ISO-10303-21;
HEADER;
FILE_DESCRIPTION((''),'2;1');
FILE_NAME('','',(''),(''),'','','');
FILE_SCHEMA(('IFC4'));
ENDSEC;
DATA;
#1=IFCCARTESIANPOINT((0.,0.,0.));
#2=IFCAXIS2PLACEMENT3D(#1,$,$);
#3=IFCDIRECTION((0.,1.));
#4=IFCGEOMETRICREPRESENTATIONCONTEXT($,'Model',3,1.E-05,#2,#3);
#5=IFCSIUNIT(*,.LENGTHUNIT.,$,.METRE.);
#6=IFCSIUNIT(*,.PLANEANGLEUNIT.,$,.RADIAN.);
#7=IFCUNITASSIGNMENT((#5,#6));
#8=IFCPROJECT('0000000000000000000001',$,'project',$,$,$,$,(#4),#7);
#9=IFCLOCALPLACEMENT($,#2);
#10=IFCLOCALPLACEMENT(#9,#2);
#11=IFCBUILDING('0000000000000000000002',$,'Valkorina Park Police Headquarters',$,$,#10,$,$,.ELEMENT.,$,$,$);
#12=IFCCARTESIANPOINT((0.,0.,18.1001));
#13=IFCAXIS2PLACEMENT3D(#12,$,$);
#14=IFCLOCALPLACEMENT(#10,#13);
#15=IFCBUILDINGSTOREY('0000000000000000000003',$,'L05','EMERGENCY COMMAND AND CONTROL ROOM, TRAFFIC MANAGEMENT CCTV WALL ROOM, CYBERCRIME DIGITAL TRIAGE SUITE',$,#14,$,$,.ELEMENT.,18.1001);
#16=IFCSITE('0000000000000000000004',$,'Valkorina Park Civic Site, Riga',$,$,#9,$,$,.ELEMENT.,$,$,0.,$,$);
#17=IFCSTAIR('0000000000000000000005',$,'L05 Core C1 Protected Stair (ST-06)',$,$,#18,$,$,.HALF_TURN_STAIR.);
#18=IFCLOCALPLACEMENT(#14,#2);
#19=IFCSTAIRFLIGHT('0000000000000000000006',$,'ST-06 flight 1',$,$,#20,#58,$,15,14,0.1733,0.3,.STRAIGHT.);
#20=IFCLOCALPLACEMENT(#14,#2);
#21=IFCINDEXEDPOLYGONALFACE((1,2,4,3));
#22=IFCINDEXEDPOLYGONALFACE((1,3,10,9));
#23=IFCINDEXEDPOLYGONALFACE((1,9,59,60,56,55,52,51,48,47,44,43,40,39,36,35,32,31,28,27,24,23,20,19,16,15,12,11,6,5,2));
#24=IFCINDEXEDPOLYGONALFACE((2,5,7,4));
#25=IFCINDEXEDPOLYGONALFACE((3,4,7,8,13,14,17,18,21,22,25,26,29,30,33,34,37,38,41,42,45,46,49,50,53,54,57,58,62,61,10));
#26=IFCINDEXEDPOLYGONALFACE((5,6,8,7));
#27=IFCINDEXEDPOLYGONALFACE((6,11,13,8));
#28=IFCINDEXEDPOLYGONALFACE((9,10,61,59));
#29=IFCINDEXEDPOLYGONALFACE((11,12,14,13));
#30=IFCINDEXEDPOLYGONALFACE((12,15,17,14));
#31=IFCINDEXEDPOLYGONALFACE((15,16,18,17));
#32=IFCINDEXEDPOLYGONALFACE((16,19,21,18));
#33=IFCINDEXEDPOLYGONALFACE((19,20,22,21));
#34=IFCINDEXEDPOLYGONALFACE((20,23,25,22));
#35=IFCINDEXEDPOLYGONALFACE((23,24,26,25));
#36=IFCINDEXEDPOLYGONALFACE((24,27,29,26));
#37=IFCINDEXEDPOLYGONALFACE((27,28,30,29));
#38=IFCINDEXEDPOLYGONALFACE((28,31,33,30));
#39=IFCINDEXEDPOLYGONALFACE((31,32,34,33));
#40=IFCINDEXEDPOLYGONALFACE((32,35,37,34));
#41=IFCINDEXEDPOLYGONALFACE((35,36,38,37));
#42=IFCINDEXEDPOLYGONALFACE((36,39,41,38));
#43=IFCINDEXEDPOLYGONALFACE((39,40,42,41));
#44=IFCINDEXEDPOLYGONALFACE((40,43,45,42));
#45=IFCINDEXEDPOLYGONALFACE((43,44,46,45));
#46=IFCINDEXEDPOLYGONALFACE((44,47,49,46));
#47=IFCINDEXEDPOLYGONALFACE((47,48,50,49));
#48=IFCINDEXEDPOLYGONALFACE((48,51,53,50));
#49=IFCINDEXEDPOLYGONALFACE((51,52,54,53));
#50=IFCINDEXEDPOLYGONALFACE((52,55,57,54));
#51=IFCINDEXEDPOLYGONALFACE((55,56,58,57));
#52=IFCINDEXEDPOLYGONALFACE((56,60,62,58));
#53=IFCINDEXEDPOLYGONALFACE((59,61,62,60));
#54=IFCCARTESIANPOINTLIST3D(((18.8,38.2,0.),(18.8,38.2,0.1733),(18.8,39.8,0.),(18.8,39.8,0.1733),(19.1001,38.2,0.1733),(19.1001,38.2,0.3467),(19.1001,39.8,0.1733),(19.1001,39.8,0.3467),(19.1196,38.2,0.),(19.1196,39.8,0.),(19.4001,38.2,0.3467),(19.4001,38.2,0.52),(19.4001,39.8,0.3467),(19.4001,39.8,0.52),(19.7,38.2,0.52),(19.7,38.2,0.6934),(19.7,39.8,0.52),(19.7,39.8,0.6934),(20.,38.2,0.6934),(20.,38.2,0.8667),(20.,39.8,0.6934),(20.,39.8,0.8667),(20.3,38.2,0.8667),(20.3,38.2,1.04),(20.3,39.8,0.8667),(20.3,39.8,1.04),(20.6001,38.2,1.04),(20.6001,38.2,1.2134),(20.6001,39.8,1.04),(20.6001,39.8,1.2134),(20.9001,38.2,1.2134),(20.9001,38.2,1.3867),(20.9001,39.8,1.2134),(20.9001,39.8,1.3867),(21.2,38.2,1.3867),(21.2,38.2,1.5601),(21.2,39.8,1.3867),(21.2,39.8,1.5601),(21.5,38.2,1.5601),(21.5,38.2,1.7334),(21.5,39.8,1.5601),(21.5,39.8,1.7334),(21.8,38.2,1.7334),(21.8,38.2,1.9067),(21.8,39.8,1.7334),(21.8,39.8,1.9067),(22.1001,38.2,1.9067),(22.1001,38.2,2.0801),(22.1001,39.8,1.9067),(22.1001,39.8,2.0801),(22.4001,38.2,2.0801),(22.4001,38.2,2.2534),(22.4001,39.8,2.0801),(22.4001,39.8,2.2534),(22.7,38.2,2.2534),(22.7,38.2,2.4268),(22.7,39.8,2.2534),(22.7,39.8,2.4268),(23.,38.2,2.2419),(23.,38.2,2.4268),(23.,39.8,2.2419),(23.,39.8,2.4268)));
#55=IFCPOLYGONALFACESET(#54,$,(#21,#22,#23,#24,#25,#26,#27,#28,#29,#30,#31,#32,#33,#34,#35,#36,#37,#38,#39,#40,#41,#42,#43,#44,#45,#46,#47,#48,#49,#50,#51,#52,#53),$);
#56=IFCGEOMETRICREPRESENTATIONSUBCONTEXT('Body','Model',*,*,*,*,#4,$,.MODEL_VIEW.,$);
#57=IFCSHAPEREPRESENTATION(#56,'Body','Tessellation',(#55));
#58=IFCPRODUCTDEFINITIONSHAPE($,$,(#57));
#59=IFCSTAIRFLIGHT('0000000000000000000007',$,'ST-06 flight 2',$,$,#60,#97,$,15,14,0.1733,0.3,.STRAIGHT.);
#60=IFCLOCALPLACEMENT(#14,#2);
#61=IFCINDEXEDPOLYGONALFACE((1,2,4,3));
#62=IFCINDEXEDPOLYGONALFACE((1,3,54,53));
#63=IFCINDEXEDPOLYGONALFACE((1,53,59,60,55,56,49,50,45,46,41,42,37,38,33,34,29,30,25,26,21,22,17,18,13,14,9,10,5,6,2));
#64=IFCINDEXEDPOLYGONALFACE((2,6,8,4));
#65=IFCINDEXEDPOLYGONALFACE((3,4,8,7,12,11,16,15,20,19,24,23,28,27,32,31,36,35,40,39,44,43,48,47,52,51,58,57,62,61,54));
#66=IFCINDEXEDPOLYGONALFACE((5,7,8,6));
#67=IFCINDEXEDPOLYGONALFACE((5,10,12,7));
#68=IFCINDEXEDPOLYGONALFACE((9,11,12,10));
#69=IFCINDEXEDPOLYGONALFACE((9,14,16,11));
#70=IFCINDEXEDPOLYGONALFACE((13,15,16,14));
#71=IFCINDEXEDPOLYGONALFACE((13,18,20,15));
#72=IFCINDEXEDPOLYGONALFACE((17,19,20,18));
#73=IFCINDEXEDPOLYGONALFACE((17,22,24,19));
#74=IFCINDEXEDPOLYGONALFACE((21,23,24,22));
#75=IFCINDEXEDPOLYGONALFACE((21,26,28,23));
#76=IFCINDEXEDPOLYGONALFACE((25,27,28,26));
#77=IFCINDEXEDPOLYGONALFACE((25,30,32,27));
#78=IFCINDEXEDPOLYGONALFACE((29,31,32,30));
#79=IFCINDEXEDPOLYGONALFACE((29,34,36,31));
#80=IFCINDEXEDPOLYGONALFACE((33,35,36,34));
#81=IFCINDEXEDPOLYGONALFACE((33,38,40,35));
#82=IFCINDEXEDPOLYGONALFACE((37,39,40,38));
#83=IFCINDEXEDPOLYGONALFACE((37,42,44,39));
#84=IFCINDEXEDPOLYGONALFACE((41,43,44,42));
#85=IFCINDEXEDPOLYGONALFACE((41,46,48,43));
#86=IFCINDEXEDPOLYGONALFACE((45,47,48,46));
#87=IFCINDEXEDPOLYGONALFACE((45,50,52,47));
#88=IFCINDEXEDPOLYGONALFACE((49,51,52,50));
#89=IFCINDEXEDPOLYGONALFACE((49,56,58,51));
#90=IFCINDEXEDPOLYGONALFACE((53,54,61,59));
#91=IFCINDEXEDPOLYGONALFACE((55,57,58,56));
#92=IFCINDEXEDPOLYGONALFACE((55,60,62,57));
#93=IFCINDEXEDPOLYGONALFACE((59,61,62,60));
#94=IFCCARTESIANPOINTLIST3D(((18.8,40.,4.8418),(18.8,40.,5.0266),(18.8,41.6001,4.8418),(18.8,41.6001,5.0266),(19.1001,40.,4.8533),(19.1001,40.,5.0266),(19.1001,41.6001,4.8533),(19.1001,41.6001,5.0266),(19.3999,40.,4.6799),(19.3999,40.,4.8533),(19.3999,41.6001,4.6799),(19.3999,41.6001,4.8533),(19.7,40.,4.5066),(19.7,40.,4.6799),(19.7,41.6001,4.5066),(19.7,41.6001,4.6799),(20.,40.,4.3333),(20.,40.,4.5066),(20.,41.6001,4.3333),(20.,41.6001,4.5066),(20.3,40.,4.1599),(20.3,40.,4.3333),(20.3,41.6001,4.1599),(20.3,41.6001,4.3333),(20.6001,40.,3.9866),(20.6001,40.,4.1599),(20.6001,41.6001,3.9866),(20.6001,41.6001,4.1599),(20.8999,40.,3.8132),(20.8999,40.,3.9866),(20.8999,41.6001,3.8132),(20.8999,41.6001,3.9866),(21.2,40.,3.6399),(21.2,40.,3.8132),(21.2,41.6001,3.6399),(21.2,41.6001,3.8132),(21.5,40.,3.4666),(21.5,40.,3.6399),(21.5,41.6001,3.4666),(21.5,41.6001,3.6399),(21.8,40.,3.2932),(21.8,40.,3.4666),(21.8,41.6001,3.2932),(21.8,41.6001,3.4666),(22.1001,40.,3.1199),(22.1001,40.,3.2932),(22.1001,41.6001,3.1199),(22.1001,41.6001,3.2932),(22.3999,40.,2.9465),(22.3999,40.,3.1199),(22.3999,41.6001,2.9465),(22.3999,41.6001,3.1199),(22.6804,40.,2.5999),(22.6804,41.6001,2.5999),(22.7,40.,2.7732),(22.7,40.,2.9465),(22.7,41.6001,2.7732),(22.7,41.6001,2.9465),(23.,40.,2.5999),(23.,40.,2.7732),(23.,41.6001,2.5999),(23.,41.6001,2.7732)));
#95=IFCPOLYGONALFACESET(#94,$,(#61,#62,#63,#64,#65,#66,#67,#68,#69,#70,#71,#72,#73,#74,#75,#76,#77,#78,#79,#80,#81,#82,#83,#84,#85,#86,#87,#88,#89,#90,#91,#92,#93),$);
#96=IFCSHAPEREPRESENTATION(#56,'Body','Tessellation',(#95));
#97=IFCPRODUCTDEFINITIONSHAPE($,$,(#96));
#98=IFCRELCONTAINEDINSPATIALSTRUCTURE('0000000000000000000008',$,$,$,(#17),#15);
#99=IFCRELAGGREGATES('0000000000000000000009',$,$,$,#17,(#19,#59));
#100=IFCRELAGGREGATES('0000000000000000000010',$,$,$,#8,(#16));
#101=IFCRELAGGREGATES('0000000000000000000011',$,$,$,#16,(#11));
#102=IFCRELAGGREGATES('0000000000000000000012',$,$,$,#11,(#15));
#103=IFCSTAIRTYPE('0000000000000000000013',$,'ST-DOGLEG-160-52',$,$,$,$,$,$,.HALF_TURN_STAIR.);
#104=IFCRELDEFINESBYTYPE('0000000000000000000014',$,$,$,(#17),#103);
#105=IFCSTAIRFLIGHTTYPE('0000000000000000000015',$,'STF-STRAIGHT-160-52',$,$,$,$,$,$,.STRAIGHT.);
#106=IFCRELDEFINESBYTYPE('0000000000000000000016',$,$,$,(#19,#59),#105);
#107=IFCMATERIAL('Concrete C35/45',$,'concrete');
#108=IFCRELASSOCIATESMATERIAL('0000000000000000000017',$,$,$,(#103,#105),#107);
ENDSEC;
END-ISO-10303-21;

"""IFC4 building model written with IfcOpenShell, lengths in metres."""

from ifc_helpers import new_model, si_unit, direction, frame, origin, place, context, subcontext, project, spatial, polyline, outline, extrude, material, type_object, element, aggregate, save


model = new_model("IFC4")

# Units and contexts
model_context = context("Model", 3, precision=1e-05, world=origin(), true_north=direction((0.0, 1.0)))
body_context = subcontext(model_context, "Body", "Model", "MODEL_VIEW")
ifc_project = project(units=[si_unit("LENGTHUNIT", "METRE"), si_unit("PLANEANGLEUNIT", "RADIAN")], contexts=[model_context])

# Site, building, storey
site_placement = place(None, origin())
site = spatial("IfcSite", under=ifc_project, at=site_placement, Name="Valkorina Park Civic Site, Riga", CompositionType="ELEMENT", RefElevation=0.0)
building_placement = place(site_placement, origin())
building = spatial("IfcBuilding", under=site, at=building_placement, Name="Valkorina Park Police Headquarters", CompositionType="ELEMENT")
storey_placement = place(building_placement, frame((0.0, 0.0, 18.1001)))
storey = spatial("IfcBuildingStorey", under=building, at=storey_placement, Name="L05", Description="EMERGENCY COMMAND AND CONTROL ROOM, TRAFFIC MANAGEMENT CCTV WALL ROOM, CYBERCRIME DIGITAL TRIAGE SUITE", CompositionType="ELEMENT", Elevation=18.1001)

# Stair, stair flights
ifc_material_1 = material(Name="Concrete C35/45", Category="concrete")
stair_type = type_object("IfcStairType", Name="ST-DOGLEG-160-52", PredefinedType="HALF_TURN_STAIR", material=ifc_material_1)
stair_placement = place(storey_placement, origin())
stair = element("IfcStair", 1, at=stair_placement, inside=storey, type_object=stair_type, Name="L05 Core C1 Protected Stair (ST-06)", PredefinedType="HALF_TURN_STAIR")
stair_flight_type = type_object("IfcStairFlightType", Name="STF-STRAIGHT-160-52", PredefinedType="STRAIGHT", material=ifc_material_1)
stair_flight_1_placement = place(storey_placement, frame((18.8, 39.0, 0.0), z_axis=(0.0, 0.0, 1.0), x_axis=(1.0, 0.0, 0.0)))
stair_flight_1 = element("IfcStairFlight", 2, at=stair_flight_1_placement, type_object=stair_flight_type, Name="ST-06 flight 1", NumberOfRisers=15, NumberOfTreads=14, PredefinedType="STRAIGHT", RiserHeight=0.1733, TreadLength=0.3, context=body_context, shape_type="SweptSolid", body=[
    extrude(outline(polyline([(0.0, 0.0), (0.0, 0.1733), (0.3, 0.1733), (0.3, 0.3467), (0.6001, 0.3467), (0.6001, 0.52), (0.8999, 0.52), (0.8999, 0.6934), (1.2, 0.6934), (1.2, 0.8667), (1.5, 0.8667), (1.5, 1.04), (1.8, 1.04), (1.8, 1.2134), (2.1001, 1.2134), (2.1001, 1.3867), (2.3999, 1.3867), (2.3999, 1.5601), (2.7, 1.5601), (2.7, 1.7334), (3.0, 1.7334), (3.0, 1.9067), (3.3, 1.9067), (3.3, 2.0801), (3.6001, 2.0801), (3.6001, 2.2534), (3.8999, 2.2534), (3.8999, 2.4268), (4.2, 2.4268), (4.2, 2.6001), (4.2, 2.2419), (0.3196, 0.0), (0.0, 0.0)])), frame((0.0, 0.8, 0.0), z_axis=(0.0, -1.0, 0.0), x_axis=(1.0, 0.0, 0.0)), (0.0, 0.0, 1.0), 1.6001),
])
stair_flight_2_placement = place(storey_placement, frame((23.0, 40.8, 2.5999), z_axis=(0.0, 0.0, 1.0), x_axis=(-1.0, 0.0, 0.0)))
stair_flight_2 = element("IfcStairFlight", 3, at=stair_flight_2_placement, type_object=stair_flight_type, Name="ST-06 flight 2", NumberOfRisers=15, NumberOfTreads=14, PredefinedType="STRAIGHT", RiserHeight=0.1733, TreadLength=0.3, context=body_context, shape_type="SweptSolid", body=[
    extrude(outline(polyline([(0.0, 0.0), (0.0, 0.1733), (0.3, 0.1733), (0.3, 0.3467), (0.6001, 0.3467), (0.6001, 0.52), (0.8999, 0.52), (0.8999, 0.6934), (1.2, 0.6934), (1.2, 0.8667), (1.5, 0.8667), (1.5, 1.04), (1.8, 1.04), (1.8, 1.2134), (2.1001, 1.2134), (2.1001, 1.3867), (2.3999, 1.3867), (2.3999, 1.5601), (2.7, 1.5601), (2.7, 1.7334), (3.0, 1.7334), (3.0, 1.9067), (3.3, 1.9067), (3.3, 2.0801), (3.6001, 2.0801), (3.6001, 2.2534), (3.8999, 2.2534), (3.8999, 2.4268), (4.2, 2.4268), (4.2, 2.6001), (4.2, 2.2419), (0.3196, 0.0), (0.0, 0.0)])), frame((0.0, 0.8, 0.0), z_axis=(0.0, -1.0, 0.0), x_axis=(1.0, 0.0, 0.0)), (0.0, 0.0, 1.0), 1.6001),
])
aggregate(stair, [stair_flight_1, stair_flight_2])

save(model, "model.ifc")
